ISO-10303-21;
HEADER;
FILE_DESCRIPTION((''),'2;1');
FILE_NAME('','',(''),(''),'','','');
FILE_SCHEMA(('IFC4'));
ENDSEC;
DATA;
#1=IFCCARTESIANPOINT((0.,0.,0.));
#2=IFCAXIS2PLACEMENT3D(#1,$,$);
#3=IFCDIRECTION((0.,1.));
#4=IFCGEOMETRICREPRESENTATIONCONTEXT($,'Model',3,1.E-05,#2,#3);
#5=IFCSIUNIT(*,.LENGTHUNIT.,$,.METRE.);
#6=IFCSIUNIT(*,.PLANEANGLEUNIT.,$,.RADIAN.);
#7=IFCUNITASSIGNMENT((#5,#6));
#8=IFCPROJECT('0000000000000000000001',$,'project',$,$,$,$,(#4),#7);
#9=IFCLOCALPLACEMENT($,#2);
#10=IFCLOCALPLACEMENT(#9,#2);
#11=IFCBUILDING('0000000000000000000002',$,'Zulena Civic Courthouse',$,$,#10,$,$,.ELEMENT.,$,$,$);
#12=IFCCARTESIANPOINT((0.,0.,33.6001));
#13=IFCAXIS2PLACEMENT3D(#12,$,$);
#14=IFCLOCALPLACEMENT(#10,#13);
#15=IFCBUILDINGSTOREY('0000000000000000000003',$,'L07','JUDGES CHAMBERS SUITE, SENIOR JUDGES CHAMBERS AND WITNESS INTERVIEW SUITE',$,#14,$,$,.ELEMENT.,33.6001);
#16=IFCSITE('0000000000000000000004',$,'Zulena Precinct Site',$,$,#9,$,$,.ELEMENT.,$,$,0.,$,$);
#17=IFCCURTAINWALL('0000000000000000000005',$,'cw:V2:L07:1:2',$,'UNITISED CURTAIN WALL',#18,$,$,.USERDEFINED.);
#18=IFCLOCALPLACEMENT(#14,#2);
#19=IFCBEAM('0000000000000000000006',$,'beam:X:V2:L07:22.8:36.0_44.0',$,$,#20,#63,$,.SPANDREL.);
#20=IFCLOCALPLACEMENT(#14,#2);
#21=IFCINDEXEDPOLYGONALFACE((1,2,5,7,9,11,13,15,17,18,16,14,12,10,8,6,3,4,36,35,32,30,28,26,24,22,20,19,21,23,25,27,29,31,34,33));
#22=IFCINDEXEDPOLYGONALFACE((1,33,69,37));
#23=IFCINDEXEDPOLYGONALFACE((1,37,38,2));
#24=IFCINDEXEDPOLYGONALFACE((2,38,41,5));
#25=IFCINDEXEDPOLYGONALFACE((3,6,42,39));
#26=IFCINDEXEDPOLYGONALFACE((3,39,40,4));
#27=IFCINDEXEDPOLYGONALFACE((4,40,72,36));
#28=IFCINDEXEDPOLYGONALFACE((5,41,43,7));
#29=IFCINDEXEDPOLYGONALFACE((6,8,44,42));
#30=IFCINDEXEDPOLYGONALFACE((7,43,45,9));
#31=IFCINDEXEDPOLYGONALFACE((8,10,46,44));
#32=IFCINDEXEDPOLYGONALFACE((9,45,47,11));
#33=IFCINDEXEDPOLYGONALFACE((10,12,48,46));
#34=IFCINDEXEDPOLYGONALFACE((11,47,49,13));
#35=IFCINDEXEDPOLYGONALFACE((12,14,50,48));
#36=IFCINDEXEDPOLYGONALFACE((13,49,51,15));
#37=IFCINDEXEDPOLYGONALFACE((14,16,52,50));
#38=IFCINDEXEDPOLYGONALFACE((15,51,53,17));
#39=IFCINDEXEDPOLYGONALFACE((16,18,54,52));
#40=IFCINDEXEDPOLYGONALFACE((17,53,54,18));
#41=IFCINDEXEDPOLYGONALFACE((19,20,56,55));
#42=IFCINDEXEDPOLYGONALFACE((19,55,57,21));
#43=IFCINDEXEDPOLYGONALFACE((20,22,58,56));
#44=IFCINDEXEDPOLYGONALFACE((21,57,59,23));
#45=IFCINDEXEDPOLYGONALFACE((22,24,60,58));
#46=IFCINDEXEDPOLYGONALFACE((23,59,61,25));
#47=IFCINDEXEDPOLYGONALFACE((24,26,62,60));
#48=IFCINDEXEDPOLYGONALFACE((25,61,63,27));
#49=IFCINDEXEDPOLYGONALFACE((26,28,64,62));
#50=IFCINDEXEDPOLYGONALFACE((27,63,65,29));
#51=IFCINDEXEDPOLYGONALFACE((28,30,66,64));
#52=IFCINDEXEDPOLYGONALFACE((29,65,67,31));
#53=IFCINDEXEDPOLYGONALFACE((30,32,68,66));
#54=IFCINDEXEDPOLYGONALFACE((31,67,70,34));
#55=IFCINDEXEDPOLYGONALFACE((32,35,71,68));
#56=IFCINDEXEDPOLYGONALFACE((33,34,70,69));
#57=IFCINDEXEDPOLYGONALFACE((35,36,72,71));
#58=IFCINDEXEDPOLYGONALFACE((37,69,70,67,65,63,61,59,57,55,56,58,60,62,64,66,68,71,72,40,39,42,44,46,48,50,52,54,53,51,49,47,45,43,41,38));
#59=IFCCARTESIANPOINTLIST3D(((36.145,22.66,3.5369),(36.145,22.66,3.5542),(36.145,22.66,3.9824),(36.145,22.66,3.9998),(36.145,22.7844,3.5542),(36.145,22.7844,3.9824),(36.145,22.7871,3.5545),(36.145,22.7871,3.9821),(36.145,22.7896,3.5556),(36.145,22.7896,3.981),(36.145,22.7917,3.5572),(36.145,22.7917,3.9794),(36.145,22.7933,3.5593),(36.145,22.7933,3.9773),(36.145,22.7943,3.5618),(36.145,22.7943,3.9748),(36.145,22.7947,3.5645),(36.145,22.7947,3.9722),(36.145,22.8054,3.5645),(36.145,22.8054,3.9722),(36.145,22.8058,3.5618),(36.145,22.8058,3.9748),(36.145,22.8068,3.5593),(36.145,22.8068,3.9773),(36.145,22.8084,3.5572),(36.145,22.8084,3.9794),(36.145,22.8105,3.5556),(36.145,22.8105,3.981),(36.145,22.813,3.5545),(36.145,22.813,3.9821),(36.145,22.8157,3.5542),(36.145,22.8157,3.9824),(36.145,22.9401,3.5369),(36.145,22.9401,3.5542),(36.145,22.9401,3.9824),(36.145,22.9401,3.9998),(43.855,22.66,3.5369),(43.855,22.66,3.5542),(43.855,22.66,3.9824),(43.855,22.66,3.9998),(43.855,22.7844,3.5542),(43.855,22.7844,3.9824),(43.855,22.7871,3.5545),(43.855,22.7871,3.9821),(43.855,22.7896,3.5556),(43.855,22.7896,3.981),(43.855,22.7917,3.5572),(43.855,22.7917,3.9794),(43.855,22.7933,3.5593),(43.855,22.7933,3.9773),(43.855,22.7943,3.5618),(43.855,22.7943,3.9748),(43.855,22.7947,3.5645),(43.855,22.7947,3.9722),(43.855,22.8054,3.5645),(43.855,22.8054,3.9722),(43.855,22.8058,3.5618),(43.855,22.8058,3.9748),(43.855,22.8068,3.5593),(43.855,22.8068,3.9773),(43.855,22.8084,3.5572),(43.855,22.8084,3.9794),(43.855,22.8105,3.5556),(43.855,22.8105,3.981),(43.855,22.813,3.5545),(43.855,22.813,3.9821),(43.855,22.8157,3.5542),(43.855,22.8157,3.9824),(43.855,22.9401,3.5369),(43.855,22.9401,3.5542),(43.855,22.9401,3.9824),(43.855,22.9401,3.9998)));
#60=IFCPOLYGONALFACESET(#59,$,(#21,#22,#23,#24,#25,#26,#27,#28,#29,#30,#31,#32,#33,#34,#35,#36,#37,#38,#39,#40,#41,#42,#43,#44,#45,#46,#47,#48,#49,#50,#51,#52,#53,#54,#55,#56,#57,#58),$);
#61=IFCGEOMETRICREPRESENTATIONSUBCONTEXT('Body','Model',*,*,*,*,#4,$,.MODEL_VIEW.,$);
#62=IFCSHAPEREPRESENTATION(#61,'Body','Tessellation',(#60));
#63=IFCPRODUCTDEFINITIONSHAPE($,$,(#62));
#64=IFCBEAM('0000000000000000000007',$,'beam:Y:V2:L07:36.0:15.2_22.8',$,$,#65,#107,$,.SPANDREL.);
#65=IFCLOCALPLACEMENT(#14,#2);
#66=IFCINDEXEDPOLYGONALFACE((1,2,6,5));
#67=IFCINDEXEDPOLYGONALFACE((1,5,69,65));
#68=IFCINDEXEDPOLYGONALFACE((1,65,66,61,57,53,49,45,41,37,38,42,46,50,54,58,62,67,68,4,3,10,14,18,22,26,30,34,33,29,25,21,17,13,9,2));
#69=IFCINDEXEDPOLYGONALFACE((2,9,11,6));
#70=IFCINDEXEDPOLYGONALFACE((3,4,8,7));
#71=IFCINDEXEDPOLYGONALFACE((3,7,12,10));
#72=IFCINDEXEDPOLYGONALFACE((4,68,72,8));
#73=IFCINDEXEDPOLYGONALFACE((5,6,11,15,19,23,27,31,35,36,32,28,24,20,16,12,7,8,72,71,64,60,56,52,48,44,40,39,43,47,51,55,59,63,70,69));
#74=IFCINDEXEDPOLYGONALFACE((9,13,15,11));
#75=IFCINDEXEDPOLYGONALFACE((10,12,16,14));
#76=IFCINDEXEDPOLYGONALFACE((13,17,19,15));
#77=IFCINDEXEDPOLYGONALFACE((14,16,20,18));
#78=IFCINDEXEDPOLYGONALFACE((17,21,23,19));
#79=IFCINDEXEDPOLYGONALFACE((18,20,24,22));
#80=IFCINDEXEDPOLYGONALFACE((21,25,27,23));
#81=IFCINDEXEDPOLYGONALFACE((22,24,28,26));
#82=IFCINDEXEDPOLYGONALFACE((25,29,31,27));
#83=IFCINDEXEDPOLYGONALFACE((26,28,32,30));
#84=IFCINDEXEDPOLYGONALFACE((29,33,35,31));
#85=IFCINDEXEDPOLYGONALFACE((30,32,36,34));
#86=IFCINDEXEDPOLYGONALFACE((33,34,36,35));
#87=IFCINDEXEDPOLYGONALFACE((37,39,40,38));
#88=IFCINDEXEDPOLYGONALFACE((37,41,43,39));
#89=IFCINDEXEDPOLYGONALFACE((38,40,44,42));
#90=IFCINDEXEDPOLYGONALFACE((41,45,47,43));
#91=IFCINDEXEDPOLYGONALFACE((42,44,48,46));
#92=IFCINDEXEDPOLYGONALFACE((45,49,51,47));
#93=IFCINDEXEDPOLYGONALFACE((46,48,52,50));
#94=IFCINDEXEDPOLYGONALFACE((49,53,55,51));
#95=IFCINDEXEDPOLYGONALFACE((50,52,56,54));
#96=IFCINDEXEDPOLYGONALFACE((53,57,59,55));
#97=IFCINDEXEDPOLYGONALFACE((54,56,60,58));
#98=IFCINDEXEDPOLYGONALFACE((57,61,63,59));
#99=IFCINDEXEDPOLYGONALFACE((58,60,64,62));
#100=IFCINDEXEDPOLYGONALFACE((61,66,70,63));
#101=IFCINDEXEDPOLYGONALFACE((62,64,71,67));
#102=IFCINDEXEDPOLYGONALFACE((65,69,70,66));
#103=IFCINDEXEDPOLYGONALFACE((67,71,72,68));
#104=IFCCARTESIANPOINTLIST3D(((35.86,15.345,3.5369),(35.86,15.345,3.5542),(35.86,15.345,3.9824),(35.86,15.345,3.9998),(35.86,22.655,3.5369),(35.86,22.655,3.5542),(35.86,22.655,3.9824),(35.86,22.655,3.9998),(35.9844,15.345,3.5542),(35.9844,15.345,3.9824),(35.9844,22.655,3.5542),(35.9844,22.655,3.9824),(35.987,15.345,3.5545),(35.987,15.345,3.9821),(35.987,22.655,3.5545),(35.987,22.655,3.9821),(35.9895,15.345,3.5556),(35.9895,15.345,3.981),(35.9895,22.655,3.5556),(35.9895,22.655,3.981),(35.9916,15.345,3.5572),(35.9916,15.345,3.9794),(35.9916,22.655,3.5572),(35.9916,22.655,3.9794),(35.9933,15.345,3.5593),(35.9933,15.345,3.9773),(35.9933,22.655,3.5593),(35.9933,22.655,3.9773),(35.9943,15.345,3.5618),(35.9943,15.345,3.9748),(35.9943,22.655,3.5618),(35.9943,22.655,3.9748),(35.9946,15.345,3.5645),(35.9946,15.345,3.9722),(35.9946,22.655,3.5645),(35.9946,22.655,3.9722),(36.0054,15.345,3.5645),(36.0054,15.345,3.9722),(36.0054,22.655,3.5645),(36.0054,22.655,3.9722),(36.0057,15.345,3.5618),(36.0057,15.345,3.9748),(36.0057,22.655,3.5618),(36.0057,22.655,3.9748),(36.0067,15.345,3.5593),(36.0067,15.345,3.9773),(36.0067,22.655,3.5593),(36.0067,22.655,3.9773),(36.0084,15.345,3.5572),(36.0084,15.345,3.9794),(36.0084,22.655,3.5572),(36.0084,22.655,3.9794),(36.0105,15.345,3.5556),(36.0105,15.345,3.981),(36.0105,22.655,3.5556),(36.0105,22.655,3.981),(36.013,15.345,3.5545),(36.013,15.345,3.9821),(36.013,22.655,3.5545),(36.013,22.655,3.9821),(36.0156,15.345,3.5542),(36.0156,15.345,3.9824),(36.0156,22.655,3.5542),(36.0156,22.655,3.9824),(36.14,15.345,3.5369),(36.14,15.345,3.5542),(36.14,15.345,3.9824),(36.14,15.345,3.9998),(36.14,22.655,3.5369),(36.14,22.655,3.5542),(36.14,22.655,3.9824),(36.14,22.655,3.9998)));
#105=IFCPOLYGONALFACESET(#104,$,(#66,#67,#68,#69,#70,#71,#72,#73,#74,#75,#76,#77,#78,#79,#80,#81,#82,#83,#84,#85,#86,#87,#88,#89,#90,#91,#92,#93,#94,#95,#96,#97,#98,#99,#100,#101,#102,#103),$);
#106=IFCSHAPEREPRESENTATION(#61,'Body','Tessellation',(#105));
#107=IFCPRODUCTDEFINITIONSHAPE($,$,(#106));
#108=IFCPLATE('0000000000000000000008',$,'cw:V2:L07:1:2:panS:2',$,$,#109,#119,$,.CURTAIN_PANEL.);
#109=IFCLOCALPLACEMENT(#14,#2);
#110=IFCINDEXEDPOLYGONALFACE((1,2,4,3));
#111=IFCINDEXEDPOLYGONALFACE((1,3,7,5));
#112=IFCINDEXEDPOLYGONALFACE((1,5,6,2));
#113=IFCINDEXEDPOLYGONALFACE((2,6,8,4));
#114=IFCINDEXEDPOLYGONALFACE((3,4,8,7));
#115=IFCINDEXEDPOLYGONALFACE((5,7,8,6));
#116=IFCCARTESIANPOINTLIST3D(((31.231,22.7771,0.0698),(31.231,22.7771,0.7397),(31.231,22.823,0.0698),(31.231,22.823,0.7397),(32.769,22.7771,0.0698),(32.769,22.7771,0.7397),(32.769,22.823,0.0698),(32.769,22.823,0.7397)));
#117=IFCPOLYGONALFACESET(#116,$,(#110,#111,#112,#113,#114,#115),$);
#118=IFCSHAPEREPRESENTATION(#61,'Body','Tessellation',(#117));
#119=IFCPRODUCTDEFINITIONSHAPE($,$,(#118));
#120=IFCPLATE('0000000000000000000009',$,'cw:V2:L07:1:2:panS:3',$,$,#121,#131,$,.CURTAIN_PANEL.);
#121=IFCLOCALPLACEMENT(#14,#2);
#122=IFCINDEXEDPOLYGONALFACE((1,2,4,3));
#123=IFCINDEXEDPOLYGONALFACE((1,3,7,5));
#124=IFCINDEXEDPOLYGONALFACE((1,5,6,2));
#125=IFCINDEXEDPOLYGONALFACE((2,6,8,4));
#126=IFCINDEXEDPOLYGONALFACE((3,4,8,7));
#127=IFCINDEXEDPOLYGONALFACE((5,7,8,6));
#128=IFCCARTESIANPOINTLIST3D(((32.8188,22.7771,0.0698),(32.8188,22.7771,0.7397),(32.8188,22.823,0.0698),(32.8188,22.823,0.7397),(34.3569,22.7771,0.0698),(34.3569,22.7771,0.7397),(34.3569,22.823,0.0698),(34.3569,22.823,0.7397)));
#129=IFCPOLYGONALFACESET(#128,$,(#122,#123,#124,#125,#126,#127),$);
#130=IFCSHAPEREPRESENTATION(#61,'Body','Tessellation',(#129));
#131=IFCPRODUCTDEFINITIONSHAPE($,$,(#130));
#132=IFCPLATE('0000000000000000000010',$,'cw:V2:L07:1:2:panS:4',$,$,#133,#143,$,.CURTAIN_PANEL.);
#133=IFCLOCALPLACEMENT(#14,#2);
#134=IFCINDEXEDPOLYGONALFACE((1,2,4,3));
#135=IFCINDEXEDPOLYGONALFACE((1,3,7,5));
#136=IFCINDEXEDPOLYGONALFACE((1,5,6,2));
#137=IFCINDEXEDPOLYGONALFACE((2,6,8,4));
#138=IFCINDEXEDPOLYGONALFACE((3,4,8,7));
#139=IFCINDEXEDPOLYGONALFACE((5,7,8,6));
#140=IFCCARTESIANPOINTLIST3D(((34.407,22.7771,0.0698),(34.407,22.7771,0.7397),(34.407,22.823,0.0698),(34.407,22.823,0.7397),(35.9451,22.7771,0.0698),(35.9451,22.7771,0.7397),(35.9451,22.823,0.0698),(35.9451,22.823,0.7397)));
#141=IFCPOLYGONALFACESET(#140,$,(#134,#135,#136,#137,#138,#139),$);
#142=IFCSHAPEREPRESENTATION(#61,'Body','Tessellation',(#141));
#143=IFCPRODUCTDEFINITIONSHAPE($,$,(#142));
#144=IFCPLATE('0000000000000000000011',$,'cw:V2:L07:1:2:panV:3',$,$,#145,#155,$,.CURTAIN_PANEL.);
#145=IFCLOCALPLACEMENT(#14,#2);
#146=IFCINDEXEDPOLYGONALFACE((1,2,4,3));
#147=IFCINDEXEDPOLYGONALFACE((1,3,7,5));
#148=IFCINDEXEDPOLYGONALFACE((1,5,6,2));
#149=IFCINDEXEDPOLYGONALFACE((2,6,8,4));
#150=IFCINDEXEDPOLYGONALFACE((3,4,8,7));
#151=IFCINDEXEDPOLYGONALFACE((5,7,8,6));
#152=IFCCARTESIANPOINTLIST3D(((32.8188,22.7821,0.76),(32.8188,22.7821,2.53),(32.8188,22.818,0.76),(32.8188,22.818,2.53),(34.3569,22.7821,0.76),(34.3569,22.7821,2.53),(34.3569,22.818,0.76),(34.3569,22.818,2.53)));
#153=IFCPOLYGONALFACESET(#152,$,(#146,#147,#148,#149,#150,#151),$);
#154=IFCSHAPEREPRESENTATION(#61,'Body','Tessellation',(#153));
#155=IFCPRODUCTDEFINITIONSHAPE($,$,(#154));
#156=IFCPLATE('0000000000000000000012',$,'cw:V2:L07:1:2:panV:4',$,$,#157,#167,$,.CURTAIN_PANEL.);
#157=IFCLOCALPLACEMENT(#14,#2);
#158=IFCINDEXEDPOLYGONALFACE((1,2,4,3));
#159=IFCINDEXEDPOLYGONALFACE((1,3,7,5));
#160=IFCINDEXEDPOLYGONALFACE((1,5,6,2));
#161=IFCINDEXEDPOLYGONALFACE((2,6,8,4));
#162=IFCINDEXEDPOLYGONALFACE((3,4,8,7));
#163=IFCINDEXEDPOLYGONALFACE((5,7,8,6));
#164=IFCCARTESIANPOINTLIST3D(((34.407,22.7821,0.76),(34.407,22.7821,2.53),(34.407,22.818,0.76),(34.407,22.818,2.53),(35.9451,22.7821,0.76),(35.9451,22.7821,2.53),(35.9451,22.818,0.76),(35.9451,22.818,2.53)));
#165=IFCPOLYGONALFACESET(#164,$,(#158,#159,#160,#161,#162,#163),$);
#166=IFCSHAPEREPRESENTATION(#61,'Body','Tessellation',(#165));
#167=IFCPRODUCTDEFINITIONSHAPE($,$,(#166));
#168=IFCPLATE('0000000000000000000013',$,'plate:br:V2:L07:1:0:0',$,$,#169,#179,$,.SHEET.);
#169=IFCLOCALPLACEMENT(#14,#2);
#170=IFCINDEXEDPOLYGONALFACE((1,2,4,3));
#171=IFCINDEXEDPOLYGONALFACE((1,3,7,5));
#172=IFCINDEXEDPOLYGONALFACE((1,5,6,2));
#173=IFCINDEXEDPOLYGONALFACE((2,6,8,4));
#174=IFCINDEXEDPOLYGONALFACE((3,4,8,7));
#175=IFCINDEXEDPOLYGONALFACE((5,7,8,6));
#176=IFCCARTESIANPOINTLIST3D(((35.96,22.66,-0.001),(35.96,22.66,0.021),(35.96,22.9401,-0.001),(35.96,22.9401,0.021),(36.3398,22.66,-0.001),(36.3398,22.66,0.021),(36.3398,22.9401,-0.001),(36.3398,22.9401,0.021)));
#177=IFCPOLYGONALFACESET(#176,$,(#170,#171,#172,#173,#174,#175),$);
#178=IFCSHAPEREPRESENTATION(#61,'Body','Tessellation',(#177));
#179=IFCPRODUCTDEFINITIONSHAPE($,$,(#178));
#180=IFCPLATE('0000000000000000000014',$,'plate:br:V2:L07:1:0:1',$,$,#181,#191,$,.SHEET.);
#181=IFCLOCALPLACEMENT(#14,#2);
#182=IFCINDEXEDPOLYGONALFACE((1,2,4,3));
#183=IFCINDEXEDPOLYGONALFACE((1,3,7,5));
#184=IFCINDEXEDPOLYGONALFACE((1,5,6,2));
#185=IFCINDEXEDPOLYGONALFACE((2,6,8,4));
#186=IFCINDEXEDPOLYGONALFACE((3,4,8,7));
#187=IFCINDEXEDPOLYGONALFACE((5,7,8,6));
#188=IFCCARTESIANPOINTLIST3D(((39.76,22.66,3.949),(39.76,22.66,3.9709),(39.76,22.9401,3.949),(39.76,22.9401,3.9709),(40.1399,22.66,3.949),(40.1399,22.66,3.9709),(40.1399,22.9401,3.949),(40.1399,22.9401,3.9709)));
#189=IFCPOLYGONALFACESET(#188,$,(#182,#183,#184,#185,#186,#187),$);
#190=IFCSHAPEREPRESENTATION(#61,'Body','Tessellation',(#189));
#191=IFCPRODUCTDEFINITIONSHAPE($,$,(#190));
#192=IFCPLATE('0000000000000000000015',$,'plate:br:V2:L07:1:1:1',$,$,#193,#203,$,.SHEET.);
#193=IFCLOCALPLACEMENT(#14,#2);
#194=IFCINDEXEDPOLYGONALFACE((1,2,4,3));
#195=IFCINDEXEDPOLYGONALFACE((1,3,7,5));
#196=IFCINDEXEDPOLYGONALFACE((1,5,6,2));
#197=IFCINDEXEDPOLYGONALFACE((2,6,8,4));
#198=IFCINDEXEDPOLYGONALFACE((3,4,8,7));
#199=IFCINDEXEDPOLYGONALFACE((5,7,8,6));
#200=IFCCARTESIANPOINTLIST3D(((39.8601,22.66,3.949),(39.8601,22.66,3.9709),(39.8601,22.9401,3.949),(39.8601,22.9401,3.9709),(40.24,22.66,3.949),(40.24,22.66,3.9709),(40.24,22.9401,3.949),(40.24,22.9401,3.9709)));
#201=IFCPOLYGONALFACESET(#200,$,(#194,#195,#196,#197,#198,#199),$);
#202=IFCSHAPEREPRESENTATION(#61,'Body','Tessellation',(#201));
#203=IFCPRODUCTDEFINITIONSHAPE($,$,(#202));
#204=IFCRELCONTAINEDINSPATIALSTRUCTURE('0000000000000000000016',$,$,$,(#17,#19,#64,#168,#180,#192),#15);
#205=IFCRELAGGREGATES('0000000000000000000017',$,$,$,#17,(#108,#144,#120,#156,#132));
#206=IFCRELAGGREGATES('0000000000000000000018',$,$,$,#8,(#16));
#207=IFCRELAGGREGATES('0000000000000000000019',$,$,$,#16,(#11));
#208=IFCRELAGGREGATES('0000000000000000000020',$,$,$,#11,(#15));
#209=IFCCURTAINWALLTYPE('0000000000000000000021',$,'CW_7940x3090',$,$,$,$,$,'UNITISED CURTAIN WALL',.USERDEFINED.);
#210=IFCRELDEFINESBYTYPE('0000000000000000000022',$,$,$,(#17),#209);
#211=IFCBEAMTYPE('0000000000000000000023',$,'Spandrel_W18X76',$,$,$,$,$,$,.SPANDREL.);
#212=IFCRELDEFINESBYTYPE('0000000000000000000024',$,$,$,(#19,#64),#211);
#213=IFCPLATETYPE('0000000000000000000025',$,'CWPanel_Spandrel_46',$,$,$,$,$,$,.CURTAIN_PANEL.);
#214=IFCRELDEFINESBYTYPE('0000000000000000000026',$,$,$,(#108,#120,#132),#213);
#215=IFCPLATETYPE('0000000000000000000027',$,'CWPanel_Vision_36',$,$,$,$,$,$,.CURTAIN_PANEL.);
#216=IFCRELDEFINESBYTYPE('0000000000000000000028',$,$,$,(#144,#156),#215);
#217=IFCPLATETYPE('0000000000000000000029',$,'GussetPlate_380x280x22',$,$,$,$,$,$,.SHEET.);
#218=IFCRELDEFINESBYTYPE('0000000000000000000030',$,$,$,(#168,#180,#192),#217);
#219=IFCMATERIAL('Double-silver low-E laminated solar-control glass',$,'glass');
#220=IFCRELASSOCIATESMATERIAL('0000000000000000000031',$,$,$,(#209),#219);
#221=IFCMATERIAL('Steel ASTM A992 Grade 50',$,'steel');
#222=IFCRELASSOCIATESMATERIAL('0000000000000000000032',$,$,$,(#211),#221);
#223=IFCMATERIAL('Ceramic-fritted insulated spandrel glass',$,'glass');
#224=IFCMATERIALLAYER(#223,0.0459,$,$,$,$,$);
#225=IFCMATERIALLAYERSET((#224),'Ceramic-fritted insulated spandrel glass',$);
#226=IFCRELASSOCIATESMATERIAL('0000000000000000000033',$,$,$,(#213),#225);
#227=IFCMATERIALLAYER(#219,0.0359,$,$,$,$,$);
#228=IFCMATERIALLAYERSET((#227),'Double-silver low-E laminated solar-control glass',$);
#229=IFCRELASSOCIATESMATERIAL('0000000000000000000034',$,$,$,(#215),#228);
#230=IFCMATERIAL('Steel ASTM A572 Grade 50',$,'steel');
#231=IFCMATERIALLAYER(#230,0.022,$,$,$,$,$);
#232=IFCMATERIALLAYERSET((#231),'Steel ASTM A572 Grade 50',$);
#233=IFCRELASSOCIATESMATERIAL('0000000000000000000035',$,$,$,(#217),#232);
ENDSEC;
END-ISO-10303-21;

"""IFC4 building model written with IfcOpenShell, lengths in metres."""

from ifc_helpers import new_model, si_unit, direction, frame, origin, origin_2d, place, context, subcontext, project, spatial, rectangle, i_section, extrude, material, layer, layer_set, material_profile, profile_set, type_object, element, aggregate, save


model = new_model("IFC4")

# Units and contexts
model_context = context("Model", 3, precision=1e-05, world=origin(), true_north=direction((0.0, 1.0)))
body_context = subcontext(model_context, "Body", "Model", "MODEL_VIEW")
ifc_project = project(units=[si_unit("LENGTHUNIT", "METRE"), si_unit("PLANEANGLEUNIT", "RADIAN")], contexts=[model_context])

# Site, building, storey
site_placement = place(None, origin())
site = spatial("IfcSite", under=ifc_project, at=site_placement, Name="Zulena Precinct Site", CompositionType="ELEMENT", RefElevation=0.0)
building_placement = place(site_placement, origin())
building = spatial("IfcBuilding", under=site, at=building_placement, Name="Zulena Civic Courthouse", CompositionType="ELEMENT")
storey_placement = place(building_placement, frame((0.0, 0.0, 33.6001)))
storey = spatial("IfcBuildingStorey", under=building, at=storey_placement, Name="L07", Description="JUDGES CHAMBERS SUITE, SENIOR JUDGES CHAMBERS AND WITNESS INTERVIEW SUITE", CompositionType="ELEMENT", Elevation=33.6001)

# Shared definitions
ifc_material_1 = material(Name="Steel ASTM A992 Grade 50", Category="steel")

# Curtain wall
ifc_material_2 = material(Name="Double-silver low-E laminated solar-control glass", Category="glass")
curtain_wall_type = type_object("IfcCurtainWallType", Name="CW_7940x3090", ElementType="UNITISED CURTAIN WALL", PredefinedType="USERDEFINED", material=ifc_material_2)
curtain_wall_placement = place(storey_placement, origin())
curtain_wall = element("IfcCurtainWall", 1, at=curtain_wall_placement, inside=storey, type_object=curtain_wall_type, Name="cw:V2:L07:1:2", ObjectType="UNITISED CURTAIN WALL", PredefinedType="USERDEFINED")

# Beams
ifc_material_profile_1 = material_profile(ifc_material_1, i_section(OverallWidth=0.28, OverallDepth=0.4629, WebThickness=0.0107, FlangeThickness=0.0173, FilletRadius=0.0103, at=origin_2d()), Name="W18X76")
ifc_profile_set_1 = profile_set([ifc_material_profile_1], Name="Steel ASTM A992 Grade 50")
beam_type_1 = type_object("IfcBeamType", Name="Spandrel_W18X76", PredefinedType="SPANDREL", material=ifc_profile_set_1)
beam_1_placement = place(storey_placement, frame((36.145, 22.8, 3.7683), z_axis=(1.0, 0.0, 0.0), x_axis=(0.0, 1.0, 0.0)))
element("IfcBeam", 2, at=beam_1_placement, inside=storey, type_object=beam_type_1, Name="beam:X:V2:L07:22.8:36.0_44.0", PredefinedType="SPANDREL", context=body_context, shape_type="SweptSolid", body=[
    extrude(i_section(OverallWidth=0.28, OverallDepth=0.4629, WebThickness=0.0107, FlangeThickness=0.0173, FilletRadius=0.0103, at=origin_2d()), origin(), (0.0, 0.0, 1.0), 7.71),
])
beam_2_placement = place(storey_placement, frame((36.0, 15.345, 3.7683), z_axis=(0.0, 1.0, 0.0), x_axis=(-1.0, 0.0, 0.0)))
element("IfcBeam", 3, at=beam_2_placement, inside=storey, type_object=beam_type_1, Name="beam:Y:V2:L07:36.0:15.2_22.8", PredefinedType="SPANDREL", context=body_context, shape_type="SweptSolid", body=[
    extrude(i_section(OverallWidth=0.28, OverallDepth=0.4629, WebThickness=0.0107, FlangeThickness=0.0173, FilletRadius=0.0103, at=origin_2d()), origin(), (0.0, 0.0, 1.0), 7.3101),
])

# Plates
ifc_material_3 = material(Name="Ceramic-fritted insulated spandrel glass", Category="glass")
ifc_layer_1 = layer(ifc_material_3, 0.0459)
ifc_layer_set_1 = layer_set([ifc_layer_1], Name="Ceramic-fritted insulated spandrel glass")
plate_type_1 = type_object("IfcPlateType", Name="CWPanel_Spandrel_46", PredefinedType="CURTAIN_PANEL", material=ifc_layer_set_1)
plate_1_placement = place(storey_placement, frame((32.0, 22.8, 0.0698), z_axis=(0.0, 0.0, 1.0), x_axis=(1.0, 0.0, 0.0)))
plate_1 = element("IfcPlate", 4, at=plate_1_placement, type_object=plate_type_1, Name="cw:V2:L07:1:2:panS:2", PredefinedType="CURTAIN_PANEL", context=body_context, shape_type="SweptSolid", body=[
    extrude(rectangle(XDim=1.5381, YDim=0.0459, at=origin_2d()), origin(), (0.0, 0.0, 1.0), 0.6699),
])
plate_2_placement = place(storey_placement, frame((33.5879, 22.8, 0.0698), z_axis=(0.0, 0.0, 1.0), x_axis=(1.0, 0.0, 0.0)))
plate_2 = element("IfcPlate", 5, at=plate_2_placement, type_object=plate_type_1, Name="cw:V2:L07:1:2:panS:3", PredefinedType="CURTAIN_PANEL", context=body_context, shape_type="SweptSolid", body=[
    extrude(rectangle(XDim=1.5381, YDim=0.0459, at=origin_2d()), origin(), (0.0, 0.0, 1.0), 0.6699),
])
plate_3_placement = place(storey_placement, frame((35.176, 22.8, 0.0698), z_axis=(0.0, 0.0, 1.0), x_axis=(1.0, 0.0, 0.0)))
plate_3 = element("IfcPlate", 6, at=plate_3_placement, type_object=plate_type_1, Name="cw:V2:L07:1:2:panS:4", PredefinedType="CURTAIN_PANEL", context=body_context, shape_type="SweptSolid", body=[
    extrude(rectangle(XDim=1.5381, YDim=0.0459, at=origin_2d()), origin(), (0.0, 0.0, 1.0), 0.6699),
])
ifc_layer_2 = layer(ifc_material_2, 0.0359)
ifc_layer_set_2 = layer_set([ifc_layer_2], Name="Double-silver low-E laminated solar-control glass")
plate_type_2 = type_object("IfcPlateType", Name="CWPanel_Vision_36", PredefinedType="CURTAIN_PANEL", material=ifc_layer_set_2)
plate_4_placement = place(storey_placement, frame((33.5879, 22.8, 0.76), z_axis=(0.0, 0.0, 1.0), x_axis=(1.0, 0.0, 0.0)))
plate_4 = element("IfcPlate", 7, at=plate_4_placement, type_object=plate_type_2, Name="cw:V2:L07:1:2:panV:3", PredefinedType="CURTAIN_PANEL", context=body_context, shape_type="SweptSolid", body=[
    extrude(rectangle(XDim=1.5381, YDim=0.0359, at=origin_2d()), origin(), (0.0, 0.0, 1.0), 1.77),
])
plate_5_placement = place(storey_placement, frame((35.176, 22.8, 0.76), z_axis=(0.0, 0.0, 1.0), x_axis=(1.0, 0.0, 0.0)))
plate_5 = element("IfcPlate", 8, at=plate_5_placement, type_object=plate_type_2, Name="cw:V2:L07:1:2:panV:4", PredefinedType="CURTAIN_PANEL", context=body_context, shape_type="SweptSolid", body=[
    extrude(rectangle(XDim=1.5381, YDim=0.0359, at=origin_2d()), origin(), (0.0, 0.0, 1.0), 1.77),
])
aggregate(curtain_wall, [plate_1, plate_4, plate_2, plate_5, plate_3])

# Plates
ifc_material_4 = material(Name="Steel ASTM A572 Grade 50", Category="steel")
ifc_layer_3 = layer(ifc_material_4, 0.022)
ifc_layer_set_3 = layer_set([ifc_layer_3], Name="Steel ASTM A572 Grade 50")
plate_type_3 = type_object("IfcPlateType", Name="GussetPlate_380x280x22", PredefinedType="SHEET", material=ifc_layer_set_3)
for number, where, z_axis, x_axis, name in (
    (9, (36.1499, 22.8, -0.001), (0.0, 0.0, 1.0), (1.0, 0.0, 0.0), "plate:br:V2:L07:1:0:0"),
    (10, (39.95, 22.8, 3.949), (0.0, 0.0, 1.0), (1.0, 0.0, 0.0), "plate:br:V2:L07:1:0:1"),
    (11, (40.05, 22.8, 3.949), (0.0, 0.0, 1.0), (1.0, 0.0, 0.0), "plate:br:V2:L07:1:1:1"),
):
    element("IfcPlate", number, at=place(storey_placement, frame(where, z_axis=z_axis, x_axis=x_axis)), inside=storey, type_object=plate_type_3, Name=name, PredefinedType="SHEET", context=body_context, shape_type="SweptSolid", body=[
        extrude(rectangle(XDim=0.3799, YDim=0.28, at=origin_2d()), origin(), (0.0, 0.0, 1.0), 0.022),
    ])

save(model, "model.ifc")
